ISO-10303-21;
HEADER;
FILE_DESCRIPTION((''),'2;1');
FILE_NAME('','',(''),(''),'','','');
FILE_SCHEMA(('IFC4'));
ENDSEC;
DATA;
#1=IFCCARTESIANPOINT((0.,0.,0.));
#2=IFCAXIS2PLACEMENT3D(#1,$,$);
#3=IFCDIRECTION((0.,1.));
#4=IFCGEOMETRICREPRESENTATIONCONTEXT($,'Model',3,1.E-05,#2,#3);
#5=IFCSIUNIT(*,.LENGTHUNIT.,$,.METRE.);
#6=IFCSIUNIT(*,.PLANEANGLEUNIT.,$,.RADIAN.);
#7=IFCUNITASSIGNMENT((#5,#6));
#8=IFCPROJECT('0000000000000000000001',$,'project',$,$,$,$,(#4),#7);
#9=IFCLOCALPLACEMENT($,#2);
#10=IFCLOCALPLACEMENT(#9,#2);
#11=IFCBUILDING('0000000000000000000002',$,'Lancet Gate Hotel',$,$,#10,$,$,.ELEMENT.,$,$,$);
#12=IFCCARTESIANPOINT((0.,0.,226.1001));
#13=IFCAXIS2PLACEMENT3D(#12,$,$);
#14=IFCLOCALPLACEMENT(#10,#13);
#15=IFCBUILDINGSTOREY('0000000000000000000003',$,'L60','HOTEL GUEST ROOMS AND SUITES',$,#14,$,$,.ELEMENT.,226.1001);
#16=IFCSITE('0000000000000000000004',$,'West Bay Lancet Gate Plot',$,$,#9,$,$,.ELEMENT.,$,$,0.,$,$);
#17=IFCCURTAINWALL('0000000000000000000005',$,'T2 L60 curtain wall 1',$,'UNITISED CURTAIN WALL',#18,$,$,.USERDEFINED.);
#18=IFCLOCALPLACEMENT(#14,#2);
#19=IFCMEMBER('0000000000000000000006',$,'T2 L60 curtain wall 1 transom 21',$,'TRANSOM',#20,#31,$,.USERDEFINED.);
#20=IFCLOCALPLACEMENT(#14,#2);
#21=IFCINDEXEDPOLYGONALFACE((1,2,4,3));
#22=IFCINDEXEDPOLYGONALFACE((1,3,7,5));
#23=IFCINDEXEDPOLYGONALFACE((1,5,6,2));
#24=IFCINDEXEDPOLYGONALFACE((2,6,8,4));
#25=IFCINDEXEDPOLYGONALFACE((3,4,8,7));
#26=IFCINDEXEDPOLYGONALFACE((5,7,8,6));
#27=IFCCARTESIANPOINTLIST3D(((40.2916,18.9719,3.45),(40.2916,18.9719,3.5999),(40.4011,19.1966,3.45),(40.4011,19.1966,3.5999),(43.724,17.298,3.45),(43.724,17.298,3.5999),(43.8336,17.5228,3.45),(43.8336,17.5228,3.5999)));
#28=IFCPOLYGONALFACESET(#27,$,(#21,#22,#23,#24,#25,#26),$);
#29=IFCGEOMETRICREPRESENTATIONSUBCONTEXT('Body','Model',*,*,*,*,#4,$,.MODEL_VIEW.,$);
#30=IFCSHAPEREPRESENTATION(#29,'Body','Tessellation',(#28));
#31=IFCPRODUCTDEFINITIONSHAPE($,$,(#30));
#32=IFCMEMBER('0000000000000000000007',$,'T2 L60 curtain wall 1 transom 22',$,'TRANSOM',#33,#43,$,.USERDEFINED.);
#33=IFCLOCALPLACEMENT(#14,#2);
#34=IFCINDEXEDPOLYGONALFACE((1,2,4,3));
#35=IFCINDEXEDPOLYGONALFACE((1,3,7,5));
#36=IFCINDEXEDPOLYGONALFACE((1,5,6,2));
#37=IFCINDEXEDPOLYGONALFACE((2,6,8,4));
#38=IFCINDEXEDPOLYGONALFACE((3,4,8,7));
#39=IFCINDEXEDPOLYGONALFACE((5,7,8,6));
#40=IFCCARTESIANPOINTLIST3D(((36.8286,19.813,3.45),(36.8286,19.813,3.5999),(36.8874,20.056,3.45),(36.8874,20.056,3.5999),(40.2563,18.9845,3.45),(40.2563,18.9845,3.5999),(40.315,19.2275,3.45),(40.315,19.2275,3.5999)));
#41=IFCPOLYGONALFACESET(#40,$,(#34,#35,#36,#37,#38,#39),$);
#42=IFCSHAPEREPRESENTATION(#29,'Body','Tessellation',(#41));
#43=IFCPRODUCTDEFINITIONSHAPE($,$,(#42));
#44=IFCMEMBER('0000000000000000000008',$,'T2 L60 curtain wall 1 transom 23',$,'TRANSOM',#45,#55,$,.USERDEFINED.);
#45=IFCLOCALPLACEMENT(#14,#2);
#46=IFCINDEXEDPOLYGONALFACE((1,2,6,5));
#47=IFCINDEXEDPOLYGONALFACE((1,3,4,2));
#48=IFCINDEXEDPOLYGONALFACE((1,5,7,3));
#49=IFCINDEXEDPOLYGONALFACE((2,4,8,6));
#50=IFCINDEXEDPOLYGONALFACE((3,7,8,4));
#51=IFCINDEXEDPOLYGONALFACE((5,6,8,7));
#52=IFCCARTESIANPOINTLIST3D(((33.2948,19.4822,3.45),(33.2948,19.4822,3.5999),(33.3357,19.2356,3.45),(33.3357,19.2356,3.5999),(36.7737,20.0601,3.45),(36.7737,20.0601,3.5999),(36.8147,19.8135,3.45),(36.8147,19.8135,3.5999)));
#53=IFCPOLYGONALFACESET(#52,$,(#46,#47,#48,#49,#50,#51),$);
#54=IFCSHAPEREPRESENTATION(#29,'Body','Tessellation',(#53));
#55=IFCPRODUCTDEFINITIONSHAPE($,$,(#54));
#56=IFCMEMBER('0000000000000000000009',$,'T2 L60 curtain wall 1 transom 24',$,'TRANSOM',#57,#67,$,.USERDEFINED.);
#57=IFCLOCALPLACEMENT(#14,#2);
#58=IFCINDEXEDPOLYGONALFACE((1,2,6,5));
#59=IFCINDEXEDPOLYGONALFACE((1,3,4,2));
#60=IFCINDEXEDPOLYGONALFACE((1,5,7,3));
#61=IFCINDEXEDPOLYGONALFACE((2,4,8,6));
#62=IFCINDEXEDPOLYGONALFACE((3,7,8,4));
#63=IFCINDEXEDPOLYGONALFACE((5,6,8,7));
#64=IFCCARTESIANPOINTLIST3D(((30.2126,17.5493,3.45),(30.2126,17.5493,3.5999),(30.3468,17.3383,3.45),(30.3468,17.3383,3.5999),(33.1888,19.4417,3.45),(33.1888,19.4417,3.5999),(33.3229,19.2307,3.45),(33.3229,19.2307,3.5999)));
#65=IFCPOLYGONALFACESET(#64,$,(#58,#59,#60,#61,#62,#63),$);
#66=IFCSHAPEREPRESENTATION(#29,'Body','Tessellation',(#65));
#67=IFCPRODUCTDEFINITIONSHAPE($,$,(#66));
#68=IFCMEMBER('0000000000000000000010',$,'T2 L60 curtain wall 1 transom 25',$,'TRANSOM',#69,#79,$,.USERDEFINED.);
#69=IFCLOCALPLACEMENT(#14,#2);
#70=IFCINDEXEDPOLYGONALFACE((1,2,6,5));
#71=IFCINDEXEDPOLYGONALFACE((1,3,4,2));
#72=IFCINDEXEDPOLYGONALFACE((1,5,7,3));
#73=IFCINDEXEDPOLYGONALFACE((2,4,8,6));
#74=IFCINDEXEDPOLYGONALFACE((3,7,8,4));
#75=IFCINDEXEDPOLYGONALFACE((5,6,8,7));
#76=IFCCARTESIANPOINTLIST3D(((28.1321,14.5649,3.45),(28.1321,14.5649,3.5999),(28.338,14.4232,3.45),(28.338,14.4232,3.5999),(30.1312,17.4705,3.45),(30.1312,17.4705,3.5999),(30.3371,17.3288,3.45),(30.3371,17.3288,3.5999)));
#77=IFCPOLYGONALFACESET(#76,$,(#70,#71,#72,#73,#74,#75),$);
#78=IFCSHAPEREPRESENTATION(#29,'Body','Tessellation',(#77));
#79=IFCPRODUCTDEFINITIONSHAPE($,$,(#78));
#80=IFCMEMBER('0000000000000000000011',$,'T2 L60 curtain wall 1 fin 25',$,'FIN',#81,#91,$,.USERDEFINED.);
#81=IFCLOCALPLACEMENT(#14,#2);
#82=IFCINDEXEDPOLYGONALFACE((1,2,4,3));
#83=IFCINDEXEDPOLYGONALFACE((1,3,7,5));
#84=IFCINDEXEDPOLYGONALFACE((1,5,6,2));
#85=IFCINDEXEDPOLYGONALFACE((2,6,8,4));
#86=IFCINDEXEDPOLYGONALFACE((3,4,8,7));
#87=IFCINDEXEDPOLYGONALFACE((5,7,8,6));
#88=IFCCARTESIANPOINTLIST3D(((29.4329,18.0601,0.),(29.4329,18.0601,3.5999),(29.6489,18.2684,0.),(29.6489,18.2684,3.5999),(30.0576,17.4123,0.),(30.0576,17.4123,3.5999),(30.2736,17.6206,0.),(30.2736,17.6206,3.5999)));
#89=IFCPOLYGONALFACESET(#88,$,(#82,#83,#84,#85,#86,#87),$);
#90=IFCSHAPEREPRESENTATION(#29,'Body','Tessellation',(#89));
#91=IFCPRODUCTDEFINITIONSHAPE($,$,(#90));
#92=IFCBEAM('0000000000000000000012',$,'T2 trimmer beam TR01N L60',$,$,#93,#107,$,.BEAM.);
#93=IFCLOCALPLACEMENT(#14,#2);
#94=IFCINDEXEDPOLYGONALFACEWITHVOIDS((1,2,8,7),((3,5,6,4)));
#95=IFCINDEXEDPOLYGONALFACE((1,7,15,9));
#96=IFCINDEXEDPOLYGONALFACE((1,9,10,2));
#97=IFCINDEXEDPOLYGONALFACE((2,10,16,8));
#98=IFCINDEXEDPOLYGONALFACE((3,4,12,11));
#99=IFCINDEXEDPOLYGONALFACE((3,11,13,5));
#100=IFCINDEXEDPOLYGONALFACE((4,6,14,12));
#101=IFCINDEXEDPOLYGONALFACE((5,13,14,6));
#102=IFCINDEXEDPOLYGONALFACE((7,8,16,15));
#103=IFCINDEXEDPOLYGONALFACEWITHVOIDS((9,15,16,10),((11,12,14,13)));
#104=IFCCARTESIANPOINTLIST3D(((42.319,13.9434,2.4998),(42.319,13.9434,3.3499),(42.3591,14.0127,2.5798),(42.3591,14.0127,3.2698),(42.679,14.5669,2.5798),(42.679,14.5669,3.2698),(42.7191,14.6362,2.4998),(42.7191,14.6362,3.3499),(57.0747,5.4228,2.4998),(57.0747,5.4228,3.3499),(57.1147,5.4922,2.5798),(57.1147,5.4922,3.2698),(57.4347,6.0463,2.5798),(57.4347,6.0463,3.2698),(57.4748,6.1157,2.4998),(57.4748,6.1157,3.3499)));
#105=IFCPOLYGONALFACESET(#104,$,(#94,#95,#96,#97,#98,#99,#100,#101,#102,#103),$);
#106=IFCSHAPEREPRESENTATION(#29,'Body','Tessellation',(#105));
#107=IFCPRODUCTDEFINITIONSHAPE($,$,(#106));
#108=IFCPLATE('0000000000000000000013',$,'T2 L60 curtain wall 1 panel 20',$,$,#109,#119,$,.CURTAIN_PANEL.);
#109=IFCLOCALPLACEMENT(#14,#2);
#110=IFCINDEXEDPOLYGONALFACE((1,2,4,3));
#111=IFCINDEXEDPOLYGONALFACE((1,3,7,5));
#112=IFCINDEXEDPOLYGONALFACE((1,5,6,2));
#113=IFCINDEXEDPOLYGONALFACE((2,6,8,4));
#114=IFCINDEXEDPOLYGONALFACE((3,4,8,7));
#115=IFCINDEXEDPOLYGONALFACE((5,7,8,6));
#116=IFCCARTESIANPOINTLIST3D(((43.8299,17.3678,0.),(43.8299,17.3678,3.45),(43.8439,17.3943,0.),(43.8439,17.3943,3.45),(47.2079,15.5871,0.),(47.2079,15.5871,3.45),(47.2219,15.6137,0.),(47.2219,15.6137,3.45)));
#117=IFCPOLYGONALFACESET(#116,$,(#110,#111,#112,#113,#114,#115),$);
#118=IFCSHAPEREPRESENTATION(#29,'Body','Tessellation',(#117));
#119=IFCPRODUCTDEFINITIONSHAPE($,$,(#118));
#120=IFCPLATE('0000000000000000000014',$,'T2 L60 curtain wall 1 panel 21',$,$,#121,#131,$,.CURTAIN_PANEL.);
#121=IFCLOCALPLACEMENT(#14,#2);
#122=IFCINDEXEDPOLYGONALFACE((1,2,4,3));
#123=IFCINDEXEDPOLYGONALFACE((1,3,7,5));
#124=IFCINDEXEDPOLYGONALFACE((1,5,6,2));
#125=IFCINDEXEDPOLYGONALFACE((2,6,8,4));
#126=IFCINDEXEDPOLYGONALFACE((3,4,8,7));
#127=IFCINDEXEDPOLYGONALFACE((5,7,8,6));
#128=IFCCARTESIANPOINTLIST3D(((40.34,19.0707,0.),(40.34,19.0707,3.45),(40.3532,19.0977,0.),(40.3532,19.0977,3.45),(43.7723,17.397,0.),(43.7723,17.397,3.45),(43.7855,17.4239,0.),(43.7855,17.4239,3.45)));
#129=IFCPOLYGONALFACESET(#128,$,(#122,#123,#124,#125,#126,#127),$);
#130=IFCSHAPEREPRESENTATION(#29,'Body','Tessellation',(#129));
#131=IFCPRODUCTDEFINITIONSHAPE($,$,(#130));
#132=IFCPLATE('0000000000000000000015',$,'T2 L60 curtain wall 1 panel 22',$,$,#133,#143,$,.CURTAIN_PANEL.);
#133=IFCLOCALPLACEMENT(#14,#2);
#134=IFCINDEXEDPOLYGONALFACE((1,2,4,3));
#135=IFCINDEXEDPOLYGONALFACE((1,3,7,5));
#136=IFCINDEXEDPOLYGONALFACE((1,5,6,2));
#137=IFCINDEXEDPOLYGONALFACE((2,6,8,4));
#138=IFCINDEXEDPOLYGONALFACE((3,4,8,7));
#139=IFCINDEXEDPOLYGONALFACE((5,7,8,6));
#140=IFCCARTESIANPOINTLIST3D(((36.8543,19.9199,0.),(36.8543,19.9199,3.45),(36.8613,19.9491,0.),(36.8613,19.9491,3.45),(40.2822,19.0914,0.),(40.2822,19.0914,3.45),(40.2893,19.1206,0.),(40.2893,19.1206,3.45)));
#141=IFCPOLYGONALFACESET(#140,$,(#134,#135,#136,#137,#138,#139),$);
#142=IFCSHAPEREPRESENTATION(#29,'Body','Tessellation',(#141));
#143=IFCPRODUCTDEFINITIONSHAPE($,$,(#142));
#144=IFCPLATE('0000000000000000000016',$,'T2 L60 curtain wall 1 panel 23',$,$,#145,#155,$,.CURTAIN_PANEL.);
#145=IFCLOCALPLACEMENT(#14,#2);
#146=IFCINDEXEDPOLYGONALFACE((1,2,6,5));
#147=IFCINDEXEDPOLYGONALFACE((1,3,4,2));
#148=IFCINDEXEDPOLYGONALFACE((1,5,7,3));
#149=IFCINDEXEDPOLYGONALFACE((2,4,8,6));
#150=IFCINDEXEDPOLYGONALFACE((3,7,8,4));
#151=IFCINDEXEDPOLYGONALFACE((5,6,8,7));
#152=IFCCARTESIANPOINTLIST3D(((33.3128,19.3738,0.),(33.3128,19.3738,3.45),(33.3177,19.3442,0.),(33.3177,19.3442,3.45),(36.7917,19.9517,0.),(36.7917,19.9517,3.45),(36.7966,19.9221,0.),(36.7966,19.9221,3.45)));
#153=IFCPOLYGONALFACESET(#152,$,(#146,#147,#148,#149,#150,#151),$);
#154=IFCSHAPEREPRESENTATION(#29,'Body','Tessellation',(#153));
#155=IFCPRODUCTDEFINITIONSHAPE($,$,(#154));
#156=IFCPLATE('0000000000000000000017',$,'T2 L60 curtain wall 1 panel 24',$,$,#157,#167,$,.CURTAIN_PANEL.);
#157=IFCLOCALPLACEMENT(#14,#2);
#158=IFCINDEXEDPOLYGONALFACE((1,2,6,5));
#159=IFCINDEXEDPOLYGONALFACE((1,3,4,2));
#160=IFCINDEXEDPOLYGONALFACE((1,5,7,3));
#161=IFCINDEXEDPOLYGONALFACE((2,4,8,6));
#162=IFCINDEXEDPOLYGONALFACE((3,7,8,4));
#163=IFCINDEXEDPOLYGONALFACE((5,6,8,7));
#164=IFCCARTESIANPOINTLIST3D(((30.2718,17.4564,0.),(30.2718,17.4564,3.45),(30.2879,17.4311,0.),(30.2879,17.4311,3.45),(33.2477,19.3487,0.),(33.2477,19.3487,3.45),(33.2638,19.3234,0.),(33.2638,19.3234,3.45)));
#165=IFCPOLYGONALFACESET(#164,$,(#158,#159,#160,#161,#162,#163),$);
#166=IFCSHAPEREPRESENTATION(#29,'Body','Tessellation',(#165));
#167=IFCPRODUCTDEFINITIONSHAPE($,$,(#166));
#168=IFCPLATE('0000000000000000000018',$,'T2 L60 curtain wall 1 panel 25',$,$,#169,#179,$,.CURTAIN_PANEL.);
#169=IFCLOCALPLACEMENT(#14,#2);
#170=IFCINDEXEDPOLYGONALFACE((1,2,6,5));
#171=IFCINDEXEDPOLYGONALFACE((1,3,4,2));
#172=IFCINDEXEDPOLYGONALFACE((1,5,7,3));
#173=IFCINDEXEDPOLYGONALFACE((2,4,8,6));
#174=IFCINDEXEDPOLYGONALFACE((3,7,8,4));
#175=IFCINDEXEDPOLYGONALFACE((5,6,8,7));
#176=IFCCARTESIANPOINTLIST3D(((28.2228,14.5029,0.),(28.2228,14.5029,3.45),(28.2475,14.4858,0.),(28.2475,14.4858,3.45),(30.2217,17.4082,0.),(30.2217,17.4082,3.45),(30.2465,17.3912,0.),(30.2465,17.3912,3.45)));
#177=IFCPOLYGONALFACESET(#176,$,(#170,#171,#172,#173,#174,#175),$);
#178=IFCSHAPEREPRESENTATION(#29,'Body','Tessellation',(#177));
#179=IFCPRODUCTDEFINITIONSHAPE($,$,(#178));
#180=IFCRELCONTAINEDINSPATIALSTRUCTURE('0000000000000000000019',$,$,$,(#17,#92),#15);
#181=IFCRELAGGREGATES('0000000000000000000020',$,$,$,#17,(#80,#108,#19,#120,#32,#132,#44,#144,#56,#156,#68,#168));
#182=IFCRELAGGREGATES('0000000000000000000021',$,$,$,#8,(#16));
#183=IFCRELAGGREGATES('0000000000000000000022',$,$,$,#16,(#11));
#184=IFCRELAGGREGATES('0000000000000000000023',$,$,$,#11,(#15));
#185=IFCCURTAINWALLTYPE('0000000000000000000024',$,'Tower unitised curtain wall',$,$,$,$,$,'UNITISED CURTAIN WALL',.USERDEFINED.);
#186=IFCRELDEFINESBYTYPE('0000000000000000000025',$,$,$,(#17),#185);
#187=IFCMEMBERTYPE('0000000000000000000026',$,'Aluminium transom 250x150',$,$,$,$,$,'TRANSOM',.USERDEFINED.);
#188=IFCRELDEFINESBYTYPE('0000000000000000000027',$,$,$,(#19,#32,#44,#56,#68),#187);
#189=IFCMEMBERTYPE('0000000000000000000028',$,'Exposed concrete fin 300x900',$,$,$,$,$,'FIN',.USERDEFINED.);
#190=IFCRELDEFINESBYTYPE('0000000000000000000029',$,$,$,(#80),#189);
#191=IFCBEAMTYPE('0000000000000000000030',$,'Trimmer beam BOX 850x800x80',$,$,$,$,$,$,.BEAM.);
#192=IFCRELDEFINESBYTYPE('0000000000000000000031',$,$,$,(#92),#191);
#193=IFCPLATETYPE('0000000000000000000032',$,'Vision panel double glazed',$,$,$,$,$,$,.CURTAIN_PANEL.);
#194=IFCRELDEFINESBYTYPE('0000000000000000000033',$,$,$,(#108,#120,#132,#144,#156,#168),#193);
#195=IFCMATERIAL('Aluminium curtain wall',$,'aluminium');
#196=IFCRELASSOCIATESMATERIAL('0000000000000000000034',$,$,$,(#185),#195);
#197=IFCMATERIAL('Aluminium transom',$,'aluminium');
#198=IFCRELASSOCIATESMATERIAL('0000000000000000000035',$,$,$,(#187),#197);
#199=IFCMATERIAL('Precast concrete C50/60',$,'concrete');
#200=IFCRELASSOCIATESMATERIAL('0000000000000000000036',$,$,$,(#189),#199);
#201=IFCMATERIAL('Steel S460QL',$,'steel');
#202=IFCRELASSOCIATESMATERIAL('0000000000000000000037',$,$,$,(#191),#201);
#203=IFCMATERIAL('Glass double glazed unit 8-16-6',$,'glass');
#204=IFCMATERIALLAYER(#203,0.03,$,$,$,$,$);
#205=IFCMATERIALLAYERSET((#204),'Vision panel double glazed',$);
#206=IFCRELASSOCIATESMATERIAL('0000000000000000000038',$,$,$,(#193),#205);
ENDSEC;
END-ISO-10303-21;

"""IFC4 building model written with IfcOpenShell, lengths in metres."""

from ifc_helpers import new_model, si_unit, direction, frame, origin, origin_2d, place, context, subcontext, project, spatial, rectangle, hollow_rectangle, extrude, material, layer, layer_set, material_profile, profile_set, type_object, element, aggregate, save


model = new_model("IFC4")

# Units and contexts
model_context = context("Model", 3, precision=1e-05, world=origin(), true_north=direction((0.0, 1.0)))
body_context = subcontext(model_context, "Body", "Model", "MODEL_VIEW")
ifc_project = project(units=[si_unit("LENGTHUNIT", "METRE"), si_unit("PLANEANGLEUNIT", "RADIAN")], contexts=[model_context])

# Site, building, storey
site_placement = place(None, origin())
site = spatial("IfcSite", under=ifc_project, at=site_placement, Name="West Bay Lancet Gate Plot", CompositionType="ELEMENT", RefElevation=0.0)
building_placement = place(site_placement, origin())
building = spatial("IfcBuilding", under=site, at=building_placement, Name="Lancet Gate Hotel", CompositionType="ELEMENT")
storey_placement = place(building_placement, frame((0.0, 0.0, 226.1001)))
storey = spatial("IfcBuildingStorey", under=building, at=storey_placement, Name="L60", Description="HOTEL GUEST ROOMS AND SUITES", CompositionType="ELEMENT", Elevation=226.1001)

# Curtain wall, members
ifc_material_1 = material(Name="Aluminium curtain wall", Category="aluminium")
curtain_wall_type = type_object("IfcCurtainWallType", Name="Tower unitised curtain wall", ElementType="UNITISED CURTAIN WALL", PredefinedType="USERDEFINED", material=ifc_material_1)
curtain_wall_placement = place(storey_placement, origin())
curtain_wall = element("IfcCurtainWall", 1, at=curtain_wall_placement, inside=storey, type_object=curtain_wall_type, Name="T2 L60 curtain wall 1", ObjectType="UNITISED CURTAIN WALL", PredefinedType="USERDEFINED")
ifc_material_2 = material(Name="Aluminium transom", Category="aluminium")
ifc_material_profile_1 = material_profile(ifc_material_2, rectangle(XDim=0.25, YDim=0.1499, at=origin_2d()), Name="TRANSOM 250x150")
ifc_profile_set_1 = profile_set([ifc_material_profile_1], Name="Aluminium transom")
member_type_1 = type_object("IfcMemberType", Name="Aluminium transom 250x150", ElementType="TRANSOM", PredefinedType="USERDEFINED", material=ifc_profile_set_1)
member_1_placement = place(storey_placement, frame((43.7788, 17.4104, 3.5249), z_axis=(-0.89882, 0.438318, 0.0), x_axis=(-0.438318, -0.89882, 0.0)))
member_1 = element("IfcMember", 2, at=member_1_placement, type_object=member_type_1, Name="T2 L60 curtain wall 1 transom 21", ObjectType="TRANSOM", PredefinedType="USERDEFINED", context=body_context, shape_type="SweptSolid", body=[
    extrude(rectangle(XDim=0.25, YDim=0.1499, at=origin_2d()), origin(), (0.0, 0.0, 1.0), 3.8188),
])
member_2_placement = place(storey_placement, frame((40.2856, 19.106, 3.5249), z_axis=(-0.972003, 0.23497, 0.0), x_axis=(-0.23497, -0.972003, 0.0)))
member_2 = element("IfcMember", 3, at=member_2_placement, type_object=member_type_1, Name="T2 L60 curtain wall 1 transom 22", ObjectType="TRANSOM", PredefinedType="USERDEFINED", context=body_context, shape_type="SweptSolid", body=[
    extrude(rectangle(XDim=0.25, YDim=0.1499, at=origin_2d()), origin(), (0.0, 0.0, 1.0), 3.5264),
])
member_3_placement = place(storey_placement, frame((36.7942, 19.9368, 3.5249), z_axis=(-0.986484, -0.16386, 0.0), x_axis=(0.16386, -0.986484, 0.0)))
member_3 = element("IfcMember", 4, at=member_3_placement, type_object=member_type_1, Name="T2 L60 curtain wall 1 transom 23", ObjectType="TRANSOM", PredefinedType="USERDEFINED", context=body_context, shape_type="SweptSolid", body=[
    extrude(rectangle(XDim=0.25, YDim=0.1499, at=origin_2d()), origin(), (0.0, 0.0, 1.0), 3.5266),
])
member_4_placement = place(storey_placement, frame((33.2559, 19.3362, 3.5249), z_axis=(-0.843858, -0.536566, 0.0), x_axis=(0.536566, -0.843858, 0.0)))
member_4 = element("IfcMember", 5, at=member_4_placement, type_object=member_type_1, Name="T2 L60 curtain wall 1 transom 24", ObjectType="TRANSOM", PredefinedType="USERDEFINED", context=body_context, shape_type="SweptSolid", body=[
    extrude(rectangle(XDim=0.25, YDim=0.1499, at=origin_2d()), origin(), (0.0, 0.0, 1.0), 3.5269),
])
member_5_placement = place(storey_placement, frame((30.2341, 17.3997, 3.5249), z_axis=(-0.566814, -0.823846, 0.0), x_axis=(0.823846, -0.566814, 0.0)))
member_5 = element("IfcMember", 6, at=member_5_placement, type_object=member_type_1, Name="T2 L60 curtain wall 1 transom 25", ObjectType="TRANSOM", PredefinedType="USERDEFINED", context=body_context, shape_type="SweptSolid", body=[
    extrude(rectangle(XDim=0.25, YDim=0.1499, at=origin_2d()), origin(), (0.0, 0.0, 1.0), 3.5269),
])
ifc_material_3 = material(Name="Precast concrete C50/60", Category="concrete")
ifc_material_profile_2 = material_profile(ifc_material_3, rectangle(XDim=0.3, YDim=0.8999, at=origin_2d()), Name="FIN 300x900")
ifc_profile_set_2 = profile_set([ifc_material_profile_2], Name="Precast concrete C50/60")
member_type_2 = type_object("IfcMemberType", Name="Exposed concrete fin 300x900", ElementType="FIN", PredefinedType="USERDEFINED", material=ifc_profile_set_2)
member_6_placement = place(storey_placement, frame((29.8533, 17.8403, 0.0), z_axis=(0.0, 0.0, 1.0), x_axis=(-0.719809, -0.694172, 0.0)))
member_6 = element("IfcMember", 7, at=member_6_placement, type_object=member_type_2, Name="T2 L60 curtain wall 1 fin 25", ObjectType="FIN", PredefinedType="USERDEFINED", context=body_context, shape_type="SweptSolid", body=[
    extrude(rectangle(XDim=0.3, YDim=0.8999, at=origin_2d()), origin(), (0.0, 0.0, 1.0), 3.5999),
])

# Beam
ifc_material_4 = material(Name="Steel S460QL", Category="steel")
ifc_material_profile_3 = material_profile(ifc_material_4, hollow_rectangle(XDim=0.8, YDim=0.8501, WallThickness=0.0801, at=origin_2d()), Name="BOX 850x800x80")
ifc_profile_set_3 = profile_set([ifc_material_profile_3], Name="Steel S460QL")
beam_type = type_object("IfcBeamType", Name="Trimmer beam BOX 850x800x80", PredefinedType="BEAM", material=ifc_profile_set_3)
beam_placement = place(storey_placement, frame((42.519, 14.2898, 2.9248), z_axis=(0.865991, -0.500059, 0.0), x_axis=(0.500059, 0.865991, 0.0)))
element("IfcBeam", 8, at=beam_placement, inside=storey, type_object=beam_type, Name="T2 trimmer beam TR01N L60", PredefinedType="BEAM", context=body_context, shape_type="SweptSolid", body=[
    extrude(hollow_rectangle(XDim=0.8, YDim=0.8501, WallThickness=0.0801, at=origin_2d()), origin(), (0.0, 0.0, 1.0), 17.0391),
])

# Plates
ifc_material_5 = material(Name="Glass double glazed unit 8-16-6", Category="glass")
ifc_layer_1 = layer(ifc_material_5, 0.03)
ifc_layer_set_1 = layer_set([ifc_layer_1], Name="Vision panel double glazed")
plate_type = type_object("IfcPlateType", Name="Vision panel double glazed", PredefinedType="CURTAIN_PANEL", material=ifc_layer_set_1)
plate_1_placement = place(storey_placement, frame((45.5259, 16.4907, 0.0), z_axis=(0.0, 0.0, 1.0), x_axis=(-0.884623, 0.466307, 0.0)))
plate_1 = element("IfcPlate", 9, at=plate_1_placement, type_object=plate_type, Name="T2 L60 curtain wall 1 panel 20", PredefinedType="CURTAIN_PANEL", context=body_context, shape_type="SweptSolid", body=[
    extrude(rectangle(XDim=3.8186, YDim=0.03, at=origin_2d()), origin(), (0.0, 0.0, 1.0), 3.45),
])
plate_2_placement = place(storey_placement, frame((42.0627, 18.2473, 0.0), z_axis=(0.0, 0.0, 1.0), x_axis=(-0.898823, 0.438311, 0.0)))
plate_2 = element("IfcPlate", 10, at=plate_2_placement, type_object=plate_type, Name="T2 L60 curtain wall 1 panel 21", PredefinedType="CURTAIN_PANEL", context=body_context, shape_type="SweptSolid", body=[
    extrude(rectangle(XDim=3.8186, YDim=0.03, at=origin_2d()), origin(), (0.0, 0.0, 1.0), 3.45),
])
plate_3_placement = place(storey_placement, frame((38.5718, 19.5203, 0.0), z_axis=(0.0, 0.0, 1.0), x_axis=(-0.972014, 0.234924, 0.0)))
plate_3 = element("IfcPlate", 11, at=plate_3_placement, type_object=plate_type, Name="T2 L60 curtain wall 1 panel 22", PredefinedType="CURTAIN_PANEL", context=body_context, shape_type="SweptSolid", body=[
    extrude(rectangle(XDim=3.5266, YDim=0.03, at=origin_2d()), origin(), (0.0, 0.0, 1.0), 3.45),
])
plate_4_placement = place(storey_placement, frame((35.0547, 19.6479, 0.0), z_axis=(0.0, 0.0, 1.0), x_axis=(-0.98648, -0.163881, 0.0)))
plate_4 = element("IfcPlate", 12, at=plate_4_placement, type_object=plate_type, Name="T2 L60 curtain wall 1 panel 23", PredefinedType="CURTAIN_PANEL", context=body_context, shape_type="SweptSolid", body=[
    extrude(rectangle(XDim=3.5266, YDim=0.03, at=origin_2d()), origin(), (0.0, 0.0, 1.0), 3.45),
])
plate_5_placement = place(storey_placement, frame((31.7678, 18.3899, 0.0), z_axis=(0.0, 0.0, 1.0), x_axis=(-0.843845, -0.536587, 0.0)))
plate_5 = element("IfcPlate", 13, at=plate_5_placement, type_object=plate_type, Name="T2 L60 curtain wall 1 panel 24", PredefinedType="CURTAIN_PANEL", context=body_context, shape_type="SweptSolid", body=[
    extrude(rectangle(XDim=3.5266, YDim=0.03, at=origin_2d()), origin(), (0.0, 0.0, 1.0), 3.45),
])
plate_6_placement = place(storey_placement, frame((29.2346, 15.947, 0.0), z_axis=(0.0, 0.0, 1.0), x_axis=(-0.566824, -0.823839, 0.0)))
plate_6 = element("IfcPlate", 14, at=plate_6_placement, type_object=plate_type, Name="T2 L60 curtain wall 1 panel 25", PredefinedType="CURTAIN_PANEL", context=body_context, shape_type="SweptSolid", body=[
    extrude(rectangle(XDim=3.5266, YDim=0.03, at=origin_2d()), origin(), (0.0, 0.0, 1.0), 3.45),
])
aggregate(curtain_wall, [member_6, plate_1, member_1, plate_2, member_2, plate_3, member_3, plate_4, member_4, plate_5, member_5, plate_6])

save(model, "model.ifc")
